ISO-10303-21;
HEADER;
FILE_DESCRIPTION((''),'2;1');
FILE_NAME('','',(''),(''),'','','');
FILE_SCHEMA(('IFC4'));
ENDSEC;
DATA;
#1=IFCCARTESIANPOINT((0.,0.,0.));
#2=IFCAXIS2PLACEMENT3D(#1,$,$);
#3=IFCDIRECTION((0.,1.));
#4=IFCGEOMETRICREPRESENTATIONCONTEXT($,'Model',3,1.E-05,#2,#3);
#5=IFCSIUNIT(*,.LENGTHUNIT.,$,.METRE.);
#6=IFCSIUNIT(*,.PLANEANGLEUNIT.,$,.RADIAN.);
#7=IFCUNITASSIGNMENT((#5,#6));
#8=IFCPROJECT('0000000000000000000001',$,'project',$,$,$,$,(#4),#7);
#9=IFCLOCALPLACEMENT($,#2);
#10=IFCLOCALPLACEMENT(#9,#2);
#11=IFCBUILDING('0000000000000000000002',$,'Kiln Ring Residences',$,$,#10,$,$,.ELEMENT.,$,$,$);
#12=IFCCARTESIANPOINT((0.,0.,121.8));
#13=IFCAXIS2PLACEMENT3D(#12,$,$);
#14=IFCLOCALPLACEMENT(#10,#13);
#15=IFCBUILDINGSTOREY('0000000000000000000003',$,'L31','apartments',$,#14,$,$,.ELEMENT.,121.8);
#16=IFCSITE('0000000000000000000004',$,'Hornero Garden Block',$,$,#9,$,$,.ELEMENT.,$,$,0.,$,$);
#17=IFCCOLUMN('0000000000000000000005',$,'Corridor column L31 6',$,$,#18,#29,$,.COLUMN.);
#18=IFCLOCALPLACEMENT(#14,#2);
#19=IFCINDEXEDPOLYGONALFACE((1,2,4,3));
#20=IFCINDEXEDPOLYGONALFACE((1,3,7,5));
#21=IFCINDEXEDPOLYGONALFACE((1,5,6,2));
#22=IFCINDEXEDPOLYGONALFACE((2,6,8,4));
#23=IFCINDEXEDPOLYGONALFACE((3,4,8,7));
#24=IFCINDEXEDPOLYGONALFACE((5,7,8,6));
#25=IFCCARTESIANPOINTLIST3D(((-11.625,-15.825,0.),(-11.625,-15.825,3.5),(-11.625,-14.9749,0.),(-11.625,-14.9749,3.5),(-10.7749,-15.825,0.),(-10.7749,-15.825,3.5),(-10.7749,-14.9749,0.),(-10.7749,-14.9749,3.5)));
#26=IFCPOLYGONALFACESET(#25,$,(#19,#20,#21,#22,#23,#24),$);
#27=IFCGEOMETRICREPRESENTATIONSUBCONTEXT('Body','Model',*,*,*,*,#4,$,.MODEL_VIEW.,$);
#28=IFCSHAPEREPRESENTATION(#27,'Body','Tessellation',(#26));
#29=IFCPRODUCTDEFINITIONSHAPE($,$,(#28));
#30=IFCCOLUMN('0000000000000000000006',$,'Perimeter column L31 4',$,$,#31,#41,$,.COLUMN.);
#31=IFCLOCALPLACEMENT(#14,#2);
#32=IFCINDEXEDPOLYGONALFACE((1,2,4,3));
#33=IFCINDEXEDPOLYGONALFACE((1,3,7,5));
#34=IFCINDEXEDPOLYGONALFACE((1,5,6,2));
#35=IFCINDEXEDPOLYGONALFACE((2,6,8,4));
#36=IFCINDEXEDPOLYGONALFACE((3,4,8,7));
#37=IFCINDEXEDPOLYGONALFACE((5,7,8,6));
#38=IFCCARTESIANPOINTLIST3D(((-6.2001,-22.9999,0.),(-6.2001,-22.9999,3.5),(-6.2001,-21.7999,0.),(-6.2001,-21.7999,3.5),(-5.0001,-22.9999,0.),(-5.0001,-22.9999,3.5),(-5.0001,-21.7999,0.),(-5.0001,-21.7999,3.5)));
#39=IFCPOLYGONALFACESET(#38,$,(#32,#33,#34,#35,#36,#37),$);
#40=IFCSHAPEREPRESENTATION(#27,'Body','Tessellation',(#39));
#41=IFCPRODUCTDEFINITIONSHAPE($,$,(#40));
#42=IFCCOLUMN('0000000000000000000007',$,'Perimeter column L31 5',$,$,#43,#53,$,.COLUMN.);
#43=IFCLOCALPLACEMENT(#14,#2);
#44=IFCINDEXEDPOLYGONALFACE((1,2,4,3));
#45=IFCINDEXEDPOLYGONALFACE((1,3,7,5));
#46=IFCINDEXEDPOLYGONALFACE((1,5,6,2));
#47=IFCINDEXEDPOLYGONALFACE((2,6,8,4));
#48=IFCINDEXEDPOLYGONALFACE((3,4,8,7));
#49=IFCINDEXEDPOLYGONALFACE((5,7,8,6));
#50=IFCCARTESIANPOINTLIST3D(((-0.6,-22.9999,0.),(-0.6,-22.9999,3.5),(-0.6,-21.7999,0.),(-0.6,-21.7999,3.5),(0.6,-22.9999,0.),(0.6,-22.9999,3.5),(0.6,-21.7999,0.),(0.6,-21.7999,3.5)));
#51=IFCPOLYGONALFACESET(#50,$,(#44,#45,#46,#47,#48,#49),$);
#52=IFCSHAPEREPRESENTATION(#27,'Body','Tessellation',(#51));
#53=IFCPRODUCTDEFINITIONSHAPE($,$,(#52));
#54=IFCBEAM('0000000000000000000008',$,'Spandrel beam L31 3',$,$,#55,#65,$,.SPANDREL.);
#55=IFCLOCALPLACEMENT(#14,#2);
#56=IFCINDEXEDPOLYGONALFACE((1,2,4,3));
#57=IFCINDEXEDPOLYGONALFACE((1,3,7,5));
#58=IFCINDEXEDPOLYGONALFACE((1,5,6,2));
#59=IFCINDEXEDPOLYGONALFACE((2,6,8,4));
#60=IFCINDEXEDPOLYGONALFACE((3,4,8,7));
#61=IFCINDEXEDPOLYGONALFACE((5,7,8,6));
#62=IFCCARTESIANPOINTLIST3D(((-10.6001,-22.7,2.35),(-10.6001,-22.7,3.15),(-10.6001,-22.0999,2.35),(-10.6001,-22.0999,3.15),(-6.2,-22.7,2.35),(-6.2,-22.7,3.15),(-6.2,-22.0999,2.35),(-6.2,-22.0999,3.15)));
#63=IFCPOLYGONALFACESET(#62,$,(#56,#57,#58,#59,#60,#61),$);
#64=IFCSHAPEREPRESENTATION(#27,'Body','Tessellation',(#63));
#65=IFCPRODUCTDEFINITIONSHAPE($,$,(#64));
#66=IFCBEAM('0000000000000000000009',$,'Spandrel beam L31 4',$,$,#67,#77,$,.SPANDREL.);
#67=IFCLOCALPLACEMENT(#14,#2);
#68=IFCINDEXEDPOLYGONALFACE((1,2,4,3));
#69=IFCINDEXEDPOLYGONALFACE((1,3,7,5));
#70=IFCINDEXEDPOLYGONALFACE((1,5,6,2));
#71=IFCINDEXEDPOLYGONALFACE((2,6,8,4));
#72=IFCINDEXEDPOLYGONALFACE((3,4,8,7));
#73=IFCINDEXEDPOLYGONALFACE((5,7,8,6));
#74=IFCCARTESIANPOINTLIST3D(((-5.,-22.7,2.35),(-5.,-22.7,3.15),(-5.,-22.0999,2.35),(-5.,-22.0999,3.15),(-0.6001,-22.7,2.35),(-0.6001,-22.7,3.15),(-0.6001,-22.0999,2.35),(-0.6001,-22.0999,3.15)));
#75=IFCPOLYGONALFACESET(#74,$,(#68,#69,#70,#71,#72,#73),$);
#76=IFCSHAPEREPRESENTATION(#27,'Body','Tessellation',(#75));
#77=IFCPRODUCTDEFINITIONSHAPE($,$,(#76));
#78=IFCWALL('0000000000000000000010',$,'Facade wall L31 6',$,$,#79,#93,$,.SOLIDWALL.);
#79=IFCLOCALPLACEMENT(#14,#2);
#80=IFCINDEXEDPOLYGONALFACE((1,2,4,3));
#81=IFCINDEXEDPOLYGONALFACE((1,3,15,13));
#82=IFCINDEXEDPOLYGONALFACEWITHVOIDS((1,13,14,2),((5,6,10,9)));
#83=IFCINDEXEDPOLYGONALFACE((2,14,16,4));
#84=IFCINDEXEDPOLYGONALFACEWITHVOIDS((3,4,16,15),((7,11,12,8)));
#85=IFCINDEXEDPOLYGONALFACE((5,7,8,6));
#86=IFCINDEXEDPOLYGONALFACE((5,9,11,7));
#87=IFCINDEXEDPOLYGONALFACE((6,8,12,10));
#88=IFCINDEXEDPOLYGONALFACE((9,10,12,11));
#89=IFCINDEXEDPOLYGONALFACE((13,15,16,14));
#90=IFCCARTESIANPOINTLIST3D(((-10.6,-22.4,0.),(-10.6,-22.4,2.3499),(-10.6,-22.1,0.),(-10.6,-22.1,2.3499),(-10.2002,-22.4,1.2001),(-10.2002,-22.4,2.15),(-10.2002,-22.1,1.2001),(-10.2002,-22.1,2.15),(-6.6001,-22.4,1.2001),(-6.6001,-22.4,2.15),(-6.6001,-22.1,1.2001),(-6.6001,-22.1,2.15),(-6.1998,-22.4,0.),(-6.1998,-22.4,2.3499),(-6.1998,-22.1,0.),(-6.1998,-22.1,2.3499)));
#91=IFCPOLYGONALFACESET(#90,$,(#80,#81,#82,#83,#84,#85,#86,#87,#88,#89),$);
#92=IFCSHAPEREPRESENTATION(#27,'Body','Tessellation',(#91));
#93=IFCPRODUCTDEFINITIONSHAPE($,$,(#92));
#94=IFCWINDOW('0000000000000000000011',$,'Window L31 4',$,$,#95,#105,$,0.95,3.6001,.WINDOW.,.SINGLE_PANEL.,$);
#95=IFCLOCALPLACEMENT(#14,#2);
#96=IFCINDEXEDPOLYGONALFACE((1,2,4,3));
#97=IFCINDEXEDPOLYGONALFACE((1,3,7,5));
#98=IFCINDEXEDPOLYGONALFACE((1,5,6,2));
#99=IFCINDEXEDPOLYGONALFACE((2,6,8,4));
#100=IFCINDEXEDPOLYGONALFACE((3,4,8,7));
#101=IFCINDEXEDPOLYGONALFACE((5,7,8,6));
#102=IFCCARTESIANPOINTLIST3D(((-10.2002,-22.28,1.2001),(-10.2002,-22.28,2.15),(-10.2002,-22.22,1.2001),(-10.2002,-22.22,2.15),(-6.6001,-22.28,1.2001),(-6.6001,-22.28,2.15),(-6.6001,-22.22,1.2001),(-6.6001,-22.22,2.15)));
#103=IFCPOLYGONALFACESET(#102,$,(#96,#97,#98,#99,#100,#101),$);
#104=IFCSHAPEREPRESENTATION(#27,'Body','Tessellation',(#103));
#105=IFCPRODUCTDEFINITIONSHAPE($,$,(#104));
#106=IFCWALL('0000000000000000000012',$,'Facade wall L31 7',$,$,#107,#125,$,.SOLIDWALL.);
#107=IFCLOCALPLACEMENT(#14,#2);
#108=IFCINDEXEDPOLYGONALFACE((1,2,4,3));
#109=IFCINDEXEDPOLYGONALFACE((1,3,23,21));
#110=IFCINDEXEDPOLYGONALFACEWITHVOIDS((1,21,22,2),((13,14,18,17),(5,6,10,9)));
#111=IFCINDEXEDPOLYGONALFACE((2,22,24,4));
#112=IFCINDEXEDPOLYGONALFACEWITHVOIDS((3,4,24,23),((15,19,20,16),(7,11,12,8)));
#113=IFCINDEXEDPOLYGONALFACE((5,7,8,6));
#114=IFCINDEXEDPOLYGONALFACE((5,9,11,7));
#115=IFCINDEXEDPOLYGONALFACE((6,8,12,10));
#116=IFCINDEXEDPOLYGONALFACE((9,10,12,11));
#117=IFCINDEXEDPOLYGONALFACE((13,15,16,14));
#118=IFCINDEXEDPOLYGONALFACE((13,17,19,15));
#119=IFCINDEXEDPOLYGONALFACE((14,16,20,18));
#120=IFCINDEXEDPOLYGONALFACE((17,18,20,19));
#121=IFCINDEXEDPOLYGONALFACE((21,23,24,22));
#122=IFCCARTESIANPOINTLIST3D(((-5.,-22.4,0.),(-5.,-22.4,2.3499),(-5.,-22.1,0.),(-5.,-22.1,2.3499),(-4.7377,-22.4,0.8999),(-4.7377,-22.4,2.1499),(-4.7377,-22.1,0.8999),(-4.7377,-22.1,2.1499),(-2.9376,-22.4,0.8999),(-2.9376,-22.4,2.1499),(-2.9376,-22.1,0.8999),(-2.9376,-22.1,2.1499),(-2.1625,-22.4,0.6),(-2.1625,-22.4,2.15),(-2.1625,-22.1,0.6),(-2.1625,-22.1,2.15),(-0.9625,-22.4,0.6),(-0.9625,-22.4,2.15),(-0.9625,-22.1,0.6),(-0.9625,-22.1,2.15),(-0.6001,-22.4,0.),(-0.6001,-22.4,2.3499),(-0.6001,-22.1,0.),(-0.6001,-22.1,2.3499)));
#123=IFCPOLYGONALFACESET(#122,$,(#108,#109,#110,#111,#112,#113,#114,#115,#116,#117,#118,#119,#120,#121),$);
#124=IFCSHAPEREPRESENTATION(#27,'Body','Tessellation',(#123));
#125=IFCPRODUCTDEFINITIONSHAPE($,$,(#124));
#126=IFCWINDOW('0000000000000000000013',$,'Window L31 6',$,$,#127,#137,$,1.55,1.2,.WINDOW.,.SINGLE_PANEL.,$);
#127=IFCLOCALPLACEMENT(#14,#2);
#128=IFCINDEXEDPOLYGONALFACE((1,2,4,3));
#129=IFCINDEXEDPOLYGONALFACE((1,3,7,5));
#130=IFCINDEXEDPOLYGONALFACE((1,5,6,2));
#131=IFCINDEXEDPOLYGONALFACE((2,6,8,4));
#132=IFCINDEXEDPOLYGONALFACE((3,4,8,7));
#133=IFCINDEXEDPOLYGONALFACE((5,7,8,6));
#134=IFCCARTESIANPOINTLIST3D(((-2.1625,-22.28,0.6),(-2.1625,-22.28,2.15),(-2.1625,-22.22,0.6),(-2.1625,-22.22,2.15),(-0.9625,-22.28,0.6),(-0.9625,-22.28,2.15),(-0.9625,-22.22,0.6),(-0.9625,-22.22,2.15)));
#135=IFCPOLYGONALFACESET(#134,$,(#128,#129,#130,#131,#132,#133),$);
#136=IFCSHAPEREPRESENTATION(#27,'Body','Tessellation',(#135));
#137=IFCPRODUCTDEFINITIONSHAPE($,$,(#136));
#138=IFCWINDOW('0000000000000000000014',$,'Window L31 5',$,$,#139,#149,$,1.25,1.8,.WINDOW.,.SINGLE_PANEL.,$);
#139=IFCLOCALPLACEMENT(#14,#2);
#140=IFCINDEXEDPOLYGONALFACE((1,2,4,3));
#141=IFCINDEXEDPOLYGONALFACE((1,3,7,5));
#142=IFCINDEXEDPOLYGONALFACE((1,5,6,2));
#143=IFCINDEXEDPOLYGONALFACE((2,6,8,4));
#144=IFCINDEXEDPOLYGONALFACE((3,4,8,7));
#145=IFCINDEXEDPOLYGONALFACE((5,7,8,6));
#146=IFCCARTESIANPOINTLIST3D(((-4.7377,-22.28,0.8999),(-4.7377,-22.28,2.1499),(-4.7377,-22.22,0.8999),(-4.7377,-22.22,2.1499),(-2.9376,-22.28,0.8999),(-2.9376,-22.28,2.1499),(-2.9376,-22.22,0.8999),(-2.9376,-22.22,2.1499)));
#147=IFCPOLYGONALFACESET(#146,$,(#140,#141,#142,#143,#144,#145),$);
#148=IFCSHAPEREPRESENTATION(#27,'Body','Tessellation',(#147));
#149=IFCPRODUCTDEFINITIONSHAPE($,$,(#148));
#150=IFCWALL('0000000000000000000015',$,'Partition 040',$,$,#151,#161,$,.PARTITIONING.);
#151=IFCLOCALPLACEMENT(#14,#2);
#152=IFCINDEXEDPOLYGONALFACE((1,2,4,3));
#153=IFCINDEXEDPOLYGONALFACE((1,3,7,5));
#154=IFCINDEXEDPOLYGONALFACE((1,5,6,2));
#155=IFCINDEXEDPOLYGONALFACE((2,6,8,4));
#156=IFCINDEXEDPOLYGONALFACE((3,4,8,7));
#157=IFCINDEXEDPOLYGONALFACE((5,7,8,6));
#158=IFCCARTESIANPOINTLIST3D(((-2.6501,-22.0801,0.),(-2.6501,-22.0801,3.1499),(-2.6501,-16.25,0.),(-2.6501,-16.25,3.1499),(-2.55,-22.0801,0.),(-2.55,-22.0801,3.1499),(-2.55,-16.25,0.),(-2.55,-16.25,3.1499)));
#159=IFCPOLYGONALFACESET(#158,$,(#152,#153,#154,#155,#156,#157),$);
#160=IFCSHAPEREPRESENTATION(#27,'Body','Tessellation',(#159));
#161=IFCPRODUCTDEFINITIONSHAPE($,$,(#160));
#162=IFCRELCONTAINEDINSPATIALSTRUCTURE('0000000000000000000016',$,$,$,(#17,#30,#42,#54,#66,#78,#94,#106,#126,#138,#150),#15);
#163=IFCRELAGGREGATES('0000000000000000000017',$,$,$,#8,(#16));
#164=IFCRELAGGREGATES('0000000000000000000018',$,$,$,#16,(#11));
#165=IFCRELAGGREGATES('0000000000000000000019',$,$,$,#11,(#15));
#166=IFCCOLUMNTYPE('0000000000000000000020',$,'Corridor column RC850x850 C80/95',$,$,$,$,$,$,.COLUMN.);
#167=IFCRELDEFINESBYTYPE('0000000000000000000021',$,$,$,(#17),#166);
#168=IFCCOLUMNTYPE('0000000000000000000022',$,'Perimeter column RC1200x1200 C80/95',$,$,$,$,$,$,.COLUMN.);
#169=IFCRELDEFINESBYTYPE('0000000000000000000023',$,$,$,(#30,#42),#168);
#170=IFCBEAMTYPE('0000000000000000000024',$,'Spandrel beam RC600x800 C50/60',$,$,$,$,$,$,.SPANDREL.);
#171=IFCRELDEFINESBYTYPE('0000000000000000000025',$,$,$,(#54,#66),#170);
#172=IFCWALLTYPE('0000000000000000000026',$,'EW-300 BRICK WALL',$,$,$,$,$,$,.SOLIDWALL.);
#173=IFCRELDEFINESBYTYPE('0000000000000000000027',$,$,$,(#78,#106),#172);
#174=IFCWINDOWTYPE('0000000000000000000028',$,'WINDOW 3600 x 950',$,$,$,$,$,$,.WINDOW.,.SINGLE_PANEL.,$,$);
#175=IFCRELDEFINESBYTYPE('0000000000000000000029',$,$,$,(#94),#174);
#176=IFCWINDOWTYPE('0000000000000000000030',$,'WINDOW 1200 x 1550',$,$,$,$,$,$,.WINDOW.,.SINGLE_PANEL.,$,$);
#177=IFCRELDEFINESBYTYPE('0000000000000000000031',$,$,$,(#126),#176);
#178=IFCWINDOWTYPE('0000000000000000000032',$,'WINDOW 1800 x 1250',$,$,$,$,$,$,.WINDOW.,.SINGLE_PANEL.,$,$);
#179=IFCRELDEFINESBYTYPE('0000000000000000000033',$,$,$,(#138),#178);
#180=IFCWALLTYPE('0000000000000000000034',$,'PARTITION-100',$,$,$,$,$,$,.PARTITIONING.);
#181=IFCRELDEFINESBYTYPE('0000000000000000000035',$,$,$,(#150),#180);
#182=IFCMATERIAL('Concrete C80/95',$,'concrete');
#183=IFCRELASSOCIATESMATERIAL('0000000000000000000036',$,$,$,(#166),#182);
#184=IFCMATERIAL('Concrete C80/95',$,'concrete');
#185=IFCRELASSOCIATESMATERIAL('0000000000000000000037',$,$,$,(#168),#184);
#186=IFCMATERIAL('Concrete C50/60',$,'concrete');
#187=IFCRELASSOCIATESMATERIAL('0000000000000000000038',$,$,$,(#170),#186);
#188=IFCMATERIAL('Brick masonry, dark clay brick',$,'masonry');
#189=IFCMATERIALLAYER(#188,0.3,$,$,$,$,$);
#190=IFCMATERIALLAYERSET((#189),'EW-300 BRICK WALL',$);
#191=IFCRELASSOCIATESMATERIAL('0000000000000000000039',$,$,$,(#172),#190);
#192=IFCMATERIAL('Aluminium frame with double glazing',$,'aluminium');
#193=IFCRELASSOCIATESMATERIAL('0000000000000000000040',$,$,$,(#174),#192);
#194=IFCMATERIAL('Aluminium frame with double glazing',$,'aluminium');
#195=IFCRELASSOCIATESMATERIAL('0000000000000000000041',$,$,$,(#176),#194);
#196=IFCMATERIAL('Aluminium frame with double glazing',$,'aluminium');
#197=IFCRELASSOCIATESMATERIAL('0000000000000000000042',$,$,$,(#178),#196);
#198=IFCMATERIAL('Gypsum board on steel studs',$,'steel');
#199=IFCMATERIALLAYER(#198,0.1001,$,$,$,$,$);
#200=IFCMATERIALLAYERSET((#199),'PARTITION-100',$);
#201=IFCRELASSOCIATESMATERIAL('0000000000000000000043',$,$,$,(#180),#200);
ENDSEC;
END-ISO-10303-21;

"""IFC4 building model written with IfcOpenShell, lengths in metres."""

from ifc_helpers import new_model, si_unit, direction, frame, frame_2d, origin, origin_2d, place, context, subcontext, project, spatial, rectangle, extrude, material, layer, layer_set, material_profile, profile_set, type_object, element, fill, save


model = new_model("IFC4")

# Units and contexts
model_context = context("Model", 3, precision=1e-05, world=origin(), true_north=direction((0.0, 1.0)))
body_context = subcontext(model_context, "Body", "Model", "MODEL_VIEW")
ifc_project = project(units=[si_unit("LENGTHUNIT", "METRE"), si_unit("PLANEANGLEUNIT", "RADIAN")], contexts=[model_context])

# Site, building, storey
site_placement = place(None, origin())
site = spatial("IfcSite", under=ifc_project, at=site_placement, Name="Hornero Garden Block", CompositionType="ELEMENT", RefElevation=0.0)
building_placement = place(site_placement, origin())
building = spatial("IfcBuilding", under=site, at=building_placement, Name="Kiln Ring Residences", CompositionType="ELEMENT")
storey_placement = place(building_placement, frame((0.0, 0.0, 121.8)))
storey = spatial("IfcBuildingStorey", under=building, at=storey_placement, Name="L31", Description="apartments", CompositionType="ELEMENT", Elevation=121.8)

# Columns
ifc_material_1 = material(Name="Concrete C80/95", Category="concrete")
ifc_material_profile_1 = material_profile(ifc_material_1, rectangle(XDim=0.8501, YDim=0.8501, at=origin_2d()), Name="RC850x850")
ifc_profile_set_1 = profile_set([ifc_material_profile_1], Name="Concrete C80/95")
column_type_1 = type_object("IfcColumnType", Name="Corridor column RC850x850 C80/95", PredefinedType="COLUMN", material=ifc_profile_set_1)
column_placement = place(storey_placement, frame((-11.2, -15.3999, 0.0), z_axis=(0.0, 0.0, 1.0), x_axis=(1.0, 0.0, 0.0)))
element("IfcColumn", 1, at=column_placement, inside=storey, type_object=column_type_1, Name="Corridor column L31 6", PredefinedType="COLUMN", context=body_context, shape_type="SweptSolid", body=[
    extrude(rectangle(XDim=0.8501, YDim=0.8501, at=origin_2d()), origin(), (0.0, 0.0, 1.0), 3.5),
])
ifc_material_2 = material(Name="Concrete C80/95", Category="concrete")
ifc_material_profile_2 = material_profile(ifc_material_2, rectangle(XDim=1.2, YDim=1.2, at=origin_2d()), Name="RC1200x1200")
ifc_profile_set_2 = profile_set([ifc_material_profile_2], Name="Concrete C80/95")
column_type_2 = type_object("IfcColumnType", Name="Perimeter column RC1200x1200 C80/95", PredefinedType="COLUMN", material=ifc_profile_set_2)
for number, where, z_axis, x_axis, name in (
    (2, (-5.6001, -22.3999, 0.0), (0.0, 0.0, 1.0), (1.0, 0.0, 0.0), "Perimeter column L31 4"),
    (3, (0.0, -22.3999, 0.0), (0.0, 0.0, 1.0), (1.0, 0.0, 0.0), "Perimeter column L31 5"),
):
    element("IfcColumn", number, at=place(storey_placement, frame(where, z_axis=z_axis, x_axis=x_axis)), inside=storey, type_object=column_type_2, Name=name, PredefinedType="COLUMN", context=body_context, shape_type="SweptSolid", body=[
        extrude(rectangle(XDim=1.2, YDim=1.2, at=origin_2d()), origin(), (0.0, 0.0, 1.0), 3.5),
    ])

# Beams
ifc_material_3 = material(Name="Concrete C50/60", Category="concrete")
ifc_material_profile_3 = material_profile(ifc_material_3, rectangle(XDim=0.6001, YDim=0.8, at=origin_2d()), Name="RC600x800")
ifc_profile_set_3 = profile_set([ifc_material_profile_3], Name="Concrete C50/60")
beam_type = type_object("IfcBeamType", Name="Spandrel beam RC600x800 C50/60", PredefinedType="SPANDREL", material=ifc_profile_set_3)
beam_1_placement = place(storey_placement, frame((-10.6001, -22.3999, 2.75), z_axis=(1.0, 0.0, 0.0), x_axis=(0.0, 1.0, 0.0)))
element("IfcBeam", 4, at=beam_1_placement, inside=storey, type_object=beam_type, Name="Spandrel beam L31 3", PredefinedType="SPANDREL", context=body_context, shape_type="SweptSolid", body=[
    extrude(rectangle(XDim=0.6001, YDim=0.8, at=origin_2d()), origin(), (0.0, 0.0, 1.0), 4.4001),
])
beam_2_placement = place(storey_placement, frame((-5.0, -22.3999, 2.75), z_axis=(1.0, 0.0, 0.0), x_axis=(0.0, 1.0, 0.0)))
element("IfcBeam", 5, at=beam_2_placement, inside=storey, type_object=beam_type, Name="Spandrel beam L31 4", PredefinedType="SPANDREL", context=body_context, shape_type="SweptSolid", body=[
    extrude(rectangle(XDim=0.6001, YDim=0.8, at=origin_2d()), origin(), (0.0, 0.0, 1.0), 4.3999),
])

# Wall, opening, window
ifc_material_4 = material(Name="Brick masonry, dark clay brick", Category="masonry")
ifc_layer_1 = layer(ifc_material_4, 0.3)
ifc_layer_set_1 = layer_set([ifc_layer_1], Name="EW-300 BRICK WALL")
wall_type_1 = type_object("IfcWallType", Name="EW-300 BRICK WALL", PredefinedType="SOLIDWALL", material=ifc_layer_set_1)
wall_1_placement = place(storey_placement, frame((-10.6001, -22.25, 0.0), z_axis=(0.0, 0.0, 1.0), x_axis=(1.0, 0.0, 0.0)))
wall_1 = element("IfcWall", 6, at=wall_1_placement, inside=storey, type_object=wall_type_1, Name="Facade wall L31 6", PredefinedType="SOLIDWALL", context=body_context, shape_type="SweptSolid", body=[
    extrude(rectangle(XDim=4.4001, YDim=0.3, at=frame_2d((2.2002, 0.0))), origin(), (0.0, 0.0, 1.0), 2.3499),
])
opening_1_placement = place(wall_1_placement, frame((0.3999, 0.0, 1.2)))
opening_1 = element("IfcOpeningElement", 7, at=opening_1_placement, cuts=wall_1, PredefinedType="OPENING", context=body_context, shape_type="SweptSolid", body=[
    extrude(rectangle(XDim=3.6001, YDim=0.95, at=frame_2d((1.8, 0.4751))), frame((0.0, 0.1599, 0.0), z_axis=(0.0, -1.0, 0.0), x_axis=(1.0, 0.0, 0.0)), (0.0, 0.0, 1.0), 0.3201),
])
ifc_material_5 = material(Name="Aluminium frame with double glazing", Category="aluminium")
window_type_1 = type_object("IfcWindowType", Name="WINDOW 3600 x 950", PartitioningType="SINGLE_PANEL", PredefinedType="WINDOW", material=ifc_material_5)
window_1_placement = place(opening_1_placement, origin())
window_1 = element("IfcWindow", 8, at=window_1_placement, inside=storey, type_object=window_type_1, Name="Window L31 4", OverallHeight=0.95, OverallWidth=3.6001, PartitioningType="SINGLE_PANEL", PredefinedType="WINDOW", context=body_context, shape_type="SweptSolid", body=[
    extrude(rectangle(XDim=3.6001, YDim=0.95, at=frame_2d((1.8, 0.4751))), frame((0.0, 0.03, 0.0), z_axis=(0.0, -1.0, 0.0), x_axis=(1.0, 0.0, 0.0)), (0.0, 0.0, 1.0), 0.0601),
])
fill(opening_1, window_1)

# Wall, openings, windows
wall_2_placement = place(storey_placement, frame((-5.0, -22.25, 0.0), z_axis=(0.0, 0.0, 1.0), x_axis=(1.0, 0.0, 0.0)))
wall_2 = element("IfcWall", 9, at=wall_2_placement, inside=storey, type_object=wall_type_1, Name="Facade wall L31 7", PredefinedType="SOLIDWALL", context=body_context, shape_type="SweptSolid", body=[
    extrude(rectangle(XDim=4.3999, YDim=0.3, at=frame_2d((2.2, 0.0))), origin(), (0.0, 0.0, 1.0), 2.3499),
])
opening_2_placement = place(wall_2_placement, frame((0.2625, 0.0, 0.8999)))
opening_2 = element("IfcOpeningElement", 10, at=opening_2_placement, cuts=wall_2, PredefinedType="OPENING", context=body_context, shape_type="SweptSolid", body=[
    extrude(rectangle(XDim=1.8, YDim=1.25, at=frame_2d((0.8999, 0.625))), frame((0.0, 0.1599, 0.0), z_axis=(0.0, -1.0, 0.0), x_axis=(1.0, 0.0, 0.0)), (0.0, 0.0, 1.0), 0.3201),
])
opening_3_placement = place(wall_2_placement, frame((2.8374, 0.0, 0.6001)))
opening_3 = element("IfcOpeningElement", 11, at=opening_3_placement, cuts=wall_2, PredefinedType="OPENING", context=body_context, shape_type="SweptSolid", body=[
    extrude(rectangle(XDim=1.2, YDim=1.55, at=frame_2d((0.6001, 0.7749))), frame((0.0, 0.1599, 0.0), z_axis=(0.0, -1.0, 0.0), x_axis=(1.0, 0.0, 0.0)), (0.0, 0.0, 1.0), 0.3201),
])
ifc_material_6 = material(Name="Aluminium frame with double glazing", Category="aluminium")
window_type_2 = type_object("IfcWindowType", Name="WINDOW 1200 x 1550", PartitioningType="SINGLE_PANEL", PredefinedType="WINDOW", material=ifc_material_6)
window_2_placement = place(opening_3_placement, origin())
window_2 = element("IfcWindow", 12, at=window_2_placement, inside=storey, type_object=window_type_2, Name="Window L31 6", OverallHeight=1.55, OverallWidth=1.2, PartitioningType="SINGLE_PANEL", PredefinedType="WINDOW", context=body_context, shape_type="SweptSolid", body=[
    extrude(rectangle(XDim=1.2, YDim=1.55, at=frame_2d((0.6001, 0.7749))), frame((0.0, 0.03, 0.0), z_axis=(0.0, -1.0, 0.0), x_axis=(1.0, 0.0, 0.0)), (0.0, 0.0, 1.0), 0.0601),
])
fill(opening_3, window_2)
ifc_material_7 = material(Name="Aluminium frame with double glazing", Category="aluminium")
window_type_3 = type_object("IfcWindowType", Name="WINDOW 1800 x 1250", PartitioningType="SINGLE_PANEL", PredefinedType="WINDOW", material=ifc_material_7)
window_3_placement = place(opening_2_placement, origin())
window_3 = element("IfcWindow", 13, at=window_3_placement, inside=storey, type_object=window_type_3, Name="Window L31 5", OverallHeight=1.25, OverallWidth=1.8, PartitioningType="SINGLE_PANEL", PredefinedType="WINDOW", context=body_context, shape_type="SweptSolid", body=[
    extrude(rectangle(XDim=1.8, YDim=1.25, at=frame_2d((0.8999, 0.625))), frame((0.0, 0.03, 0.0), z_axis=(0.0, -1.0, 0.0), x_axis=(1.0, 0.0, 0.0)), (0.0, 0.0, 1.0), 0.0601),
])
fill(opening_2, window_3)

# Wall
ifc_material_8 = material(Name="Gypsum board on steel studs", Category="steel")
ifc_layer_2 = layer(ifc_material_8, 0.1001)
ifc_layer_set_2 = layer_set([ifc_layer_2], Name="PARTITION-100")
wall_type_2 = type_object("IfcWallType", Name="PARTITION-100", PredefinedType="PARTITIONING", material=ifc_layer_set_2)
wall_3_placement = place(storey_placement, frame((-2.6001, -22.0801, 0.0), z_axis=(0.0, 0.0, 1.0), x_axis=(0.0, 1.0, 0.0)))
element("IfcWall", 14, at=wall_3_placement, inside=storey, type_object=wall_type_2, Name="Partition 040", PredefinedType="PARTITIONING", context=body_context, shape_type="SweptSolid", body=[
    extrude(rectangle(XDim=5.8301, YDim=0.1001, at=frame_2d((2.915, 0.0))), origin(), (0.0, 0.0, 1.0), 3.1499),
])

save(model, "model.ifc")
